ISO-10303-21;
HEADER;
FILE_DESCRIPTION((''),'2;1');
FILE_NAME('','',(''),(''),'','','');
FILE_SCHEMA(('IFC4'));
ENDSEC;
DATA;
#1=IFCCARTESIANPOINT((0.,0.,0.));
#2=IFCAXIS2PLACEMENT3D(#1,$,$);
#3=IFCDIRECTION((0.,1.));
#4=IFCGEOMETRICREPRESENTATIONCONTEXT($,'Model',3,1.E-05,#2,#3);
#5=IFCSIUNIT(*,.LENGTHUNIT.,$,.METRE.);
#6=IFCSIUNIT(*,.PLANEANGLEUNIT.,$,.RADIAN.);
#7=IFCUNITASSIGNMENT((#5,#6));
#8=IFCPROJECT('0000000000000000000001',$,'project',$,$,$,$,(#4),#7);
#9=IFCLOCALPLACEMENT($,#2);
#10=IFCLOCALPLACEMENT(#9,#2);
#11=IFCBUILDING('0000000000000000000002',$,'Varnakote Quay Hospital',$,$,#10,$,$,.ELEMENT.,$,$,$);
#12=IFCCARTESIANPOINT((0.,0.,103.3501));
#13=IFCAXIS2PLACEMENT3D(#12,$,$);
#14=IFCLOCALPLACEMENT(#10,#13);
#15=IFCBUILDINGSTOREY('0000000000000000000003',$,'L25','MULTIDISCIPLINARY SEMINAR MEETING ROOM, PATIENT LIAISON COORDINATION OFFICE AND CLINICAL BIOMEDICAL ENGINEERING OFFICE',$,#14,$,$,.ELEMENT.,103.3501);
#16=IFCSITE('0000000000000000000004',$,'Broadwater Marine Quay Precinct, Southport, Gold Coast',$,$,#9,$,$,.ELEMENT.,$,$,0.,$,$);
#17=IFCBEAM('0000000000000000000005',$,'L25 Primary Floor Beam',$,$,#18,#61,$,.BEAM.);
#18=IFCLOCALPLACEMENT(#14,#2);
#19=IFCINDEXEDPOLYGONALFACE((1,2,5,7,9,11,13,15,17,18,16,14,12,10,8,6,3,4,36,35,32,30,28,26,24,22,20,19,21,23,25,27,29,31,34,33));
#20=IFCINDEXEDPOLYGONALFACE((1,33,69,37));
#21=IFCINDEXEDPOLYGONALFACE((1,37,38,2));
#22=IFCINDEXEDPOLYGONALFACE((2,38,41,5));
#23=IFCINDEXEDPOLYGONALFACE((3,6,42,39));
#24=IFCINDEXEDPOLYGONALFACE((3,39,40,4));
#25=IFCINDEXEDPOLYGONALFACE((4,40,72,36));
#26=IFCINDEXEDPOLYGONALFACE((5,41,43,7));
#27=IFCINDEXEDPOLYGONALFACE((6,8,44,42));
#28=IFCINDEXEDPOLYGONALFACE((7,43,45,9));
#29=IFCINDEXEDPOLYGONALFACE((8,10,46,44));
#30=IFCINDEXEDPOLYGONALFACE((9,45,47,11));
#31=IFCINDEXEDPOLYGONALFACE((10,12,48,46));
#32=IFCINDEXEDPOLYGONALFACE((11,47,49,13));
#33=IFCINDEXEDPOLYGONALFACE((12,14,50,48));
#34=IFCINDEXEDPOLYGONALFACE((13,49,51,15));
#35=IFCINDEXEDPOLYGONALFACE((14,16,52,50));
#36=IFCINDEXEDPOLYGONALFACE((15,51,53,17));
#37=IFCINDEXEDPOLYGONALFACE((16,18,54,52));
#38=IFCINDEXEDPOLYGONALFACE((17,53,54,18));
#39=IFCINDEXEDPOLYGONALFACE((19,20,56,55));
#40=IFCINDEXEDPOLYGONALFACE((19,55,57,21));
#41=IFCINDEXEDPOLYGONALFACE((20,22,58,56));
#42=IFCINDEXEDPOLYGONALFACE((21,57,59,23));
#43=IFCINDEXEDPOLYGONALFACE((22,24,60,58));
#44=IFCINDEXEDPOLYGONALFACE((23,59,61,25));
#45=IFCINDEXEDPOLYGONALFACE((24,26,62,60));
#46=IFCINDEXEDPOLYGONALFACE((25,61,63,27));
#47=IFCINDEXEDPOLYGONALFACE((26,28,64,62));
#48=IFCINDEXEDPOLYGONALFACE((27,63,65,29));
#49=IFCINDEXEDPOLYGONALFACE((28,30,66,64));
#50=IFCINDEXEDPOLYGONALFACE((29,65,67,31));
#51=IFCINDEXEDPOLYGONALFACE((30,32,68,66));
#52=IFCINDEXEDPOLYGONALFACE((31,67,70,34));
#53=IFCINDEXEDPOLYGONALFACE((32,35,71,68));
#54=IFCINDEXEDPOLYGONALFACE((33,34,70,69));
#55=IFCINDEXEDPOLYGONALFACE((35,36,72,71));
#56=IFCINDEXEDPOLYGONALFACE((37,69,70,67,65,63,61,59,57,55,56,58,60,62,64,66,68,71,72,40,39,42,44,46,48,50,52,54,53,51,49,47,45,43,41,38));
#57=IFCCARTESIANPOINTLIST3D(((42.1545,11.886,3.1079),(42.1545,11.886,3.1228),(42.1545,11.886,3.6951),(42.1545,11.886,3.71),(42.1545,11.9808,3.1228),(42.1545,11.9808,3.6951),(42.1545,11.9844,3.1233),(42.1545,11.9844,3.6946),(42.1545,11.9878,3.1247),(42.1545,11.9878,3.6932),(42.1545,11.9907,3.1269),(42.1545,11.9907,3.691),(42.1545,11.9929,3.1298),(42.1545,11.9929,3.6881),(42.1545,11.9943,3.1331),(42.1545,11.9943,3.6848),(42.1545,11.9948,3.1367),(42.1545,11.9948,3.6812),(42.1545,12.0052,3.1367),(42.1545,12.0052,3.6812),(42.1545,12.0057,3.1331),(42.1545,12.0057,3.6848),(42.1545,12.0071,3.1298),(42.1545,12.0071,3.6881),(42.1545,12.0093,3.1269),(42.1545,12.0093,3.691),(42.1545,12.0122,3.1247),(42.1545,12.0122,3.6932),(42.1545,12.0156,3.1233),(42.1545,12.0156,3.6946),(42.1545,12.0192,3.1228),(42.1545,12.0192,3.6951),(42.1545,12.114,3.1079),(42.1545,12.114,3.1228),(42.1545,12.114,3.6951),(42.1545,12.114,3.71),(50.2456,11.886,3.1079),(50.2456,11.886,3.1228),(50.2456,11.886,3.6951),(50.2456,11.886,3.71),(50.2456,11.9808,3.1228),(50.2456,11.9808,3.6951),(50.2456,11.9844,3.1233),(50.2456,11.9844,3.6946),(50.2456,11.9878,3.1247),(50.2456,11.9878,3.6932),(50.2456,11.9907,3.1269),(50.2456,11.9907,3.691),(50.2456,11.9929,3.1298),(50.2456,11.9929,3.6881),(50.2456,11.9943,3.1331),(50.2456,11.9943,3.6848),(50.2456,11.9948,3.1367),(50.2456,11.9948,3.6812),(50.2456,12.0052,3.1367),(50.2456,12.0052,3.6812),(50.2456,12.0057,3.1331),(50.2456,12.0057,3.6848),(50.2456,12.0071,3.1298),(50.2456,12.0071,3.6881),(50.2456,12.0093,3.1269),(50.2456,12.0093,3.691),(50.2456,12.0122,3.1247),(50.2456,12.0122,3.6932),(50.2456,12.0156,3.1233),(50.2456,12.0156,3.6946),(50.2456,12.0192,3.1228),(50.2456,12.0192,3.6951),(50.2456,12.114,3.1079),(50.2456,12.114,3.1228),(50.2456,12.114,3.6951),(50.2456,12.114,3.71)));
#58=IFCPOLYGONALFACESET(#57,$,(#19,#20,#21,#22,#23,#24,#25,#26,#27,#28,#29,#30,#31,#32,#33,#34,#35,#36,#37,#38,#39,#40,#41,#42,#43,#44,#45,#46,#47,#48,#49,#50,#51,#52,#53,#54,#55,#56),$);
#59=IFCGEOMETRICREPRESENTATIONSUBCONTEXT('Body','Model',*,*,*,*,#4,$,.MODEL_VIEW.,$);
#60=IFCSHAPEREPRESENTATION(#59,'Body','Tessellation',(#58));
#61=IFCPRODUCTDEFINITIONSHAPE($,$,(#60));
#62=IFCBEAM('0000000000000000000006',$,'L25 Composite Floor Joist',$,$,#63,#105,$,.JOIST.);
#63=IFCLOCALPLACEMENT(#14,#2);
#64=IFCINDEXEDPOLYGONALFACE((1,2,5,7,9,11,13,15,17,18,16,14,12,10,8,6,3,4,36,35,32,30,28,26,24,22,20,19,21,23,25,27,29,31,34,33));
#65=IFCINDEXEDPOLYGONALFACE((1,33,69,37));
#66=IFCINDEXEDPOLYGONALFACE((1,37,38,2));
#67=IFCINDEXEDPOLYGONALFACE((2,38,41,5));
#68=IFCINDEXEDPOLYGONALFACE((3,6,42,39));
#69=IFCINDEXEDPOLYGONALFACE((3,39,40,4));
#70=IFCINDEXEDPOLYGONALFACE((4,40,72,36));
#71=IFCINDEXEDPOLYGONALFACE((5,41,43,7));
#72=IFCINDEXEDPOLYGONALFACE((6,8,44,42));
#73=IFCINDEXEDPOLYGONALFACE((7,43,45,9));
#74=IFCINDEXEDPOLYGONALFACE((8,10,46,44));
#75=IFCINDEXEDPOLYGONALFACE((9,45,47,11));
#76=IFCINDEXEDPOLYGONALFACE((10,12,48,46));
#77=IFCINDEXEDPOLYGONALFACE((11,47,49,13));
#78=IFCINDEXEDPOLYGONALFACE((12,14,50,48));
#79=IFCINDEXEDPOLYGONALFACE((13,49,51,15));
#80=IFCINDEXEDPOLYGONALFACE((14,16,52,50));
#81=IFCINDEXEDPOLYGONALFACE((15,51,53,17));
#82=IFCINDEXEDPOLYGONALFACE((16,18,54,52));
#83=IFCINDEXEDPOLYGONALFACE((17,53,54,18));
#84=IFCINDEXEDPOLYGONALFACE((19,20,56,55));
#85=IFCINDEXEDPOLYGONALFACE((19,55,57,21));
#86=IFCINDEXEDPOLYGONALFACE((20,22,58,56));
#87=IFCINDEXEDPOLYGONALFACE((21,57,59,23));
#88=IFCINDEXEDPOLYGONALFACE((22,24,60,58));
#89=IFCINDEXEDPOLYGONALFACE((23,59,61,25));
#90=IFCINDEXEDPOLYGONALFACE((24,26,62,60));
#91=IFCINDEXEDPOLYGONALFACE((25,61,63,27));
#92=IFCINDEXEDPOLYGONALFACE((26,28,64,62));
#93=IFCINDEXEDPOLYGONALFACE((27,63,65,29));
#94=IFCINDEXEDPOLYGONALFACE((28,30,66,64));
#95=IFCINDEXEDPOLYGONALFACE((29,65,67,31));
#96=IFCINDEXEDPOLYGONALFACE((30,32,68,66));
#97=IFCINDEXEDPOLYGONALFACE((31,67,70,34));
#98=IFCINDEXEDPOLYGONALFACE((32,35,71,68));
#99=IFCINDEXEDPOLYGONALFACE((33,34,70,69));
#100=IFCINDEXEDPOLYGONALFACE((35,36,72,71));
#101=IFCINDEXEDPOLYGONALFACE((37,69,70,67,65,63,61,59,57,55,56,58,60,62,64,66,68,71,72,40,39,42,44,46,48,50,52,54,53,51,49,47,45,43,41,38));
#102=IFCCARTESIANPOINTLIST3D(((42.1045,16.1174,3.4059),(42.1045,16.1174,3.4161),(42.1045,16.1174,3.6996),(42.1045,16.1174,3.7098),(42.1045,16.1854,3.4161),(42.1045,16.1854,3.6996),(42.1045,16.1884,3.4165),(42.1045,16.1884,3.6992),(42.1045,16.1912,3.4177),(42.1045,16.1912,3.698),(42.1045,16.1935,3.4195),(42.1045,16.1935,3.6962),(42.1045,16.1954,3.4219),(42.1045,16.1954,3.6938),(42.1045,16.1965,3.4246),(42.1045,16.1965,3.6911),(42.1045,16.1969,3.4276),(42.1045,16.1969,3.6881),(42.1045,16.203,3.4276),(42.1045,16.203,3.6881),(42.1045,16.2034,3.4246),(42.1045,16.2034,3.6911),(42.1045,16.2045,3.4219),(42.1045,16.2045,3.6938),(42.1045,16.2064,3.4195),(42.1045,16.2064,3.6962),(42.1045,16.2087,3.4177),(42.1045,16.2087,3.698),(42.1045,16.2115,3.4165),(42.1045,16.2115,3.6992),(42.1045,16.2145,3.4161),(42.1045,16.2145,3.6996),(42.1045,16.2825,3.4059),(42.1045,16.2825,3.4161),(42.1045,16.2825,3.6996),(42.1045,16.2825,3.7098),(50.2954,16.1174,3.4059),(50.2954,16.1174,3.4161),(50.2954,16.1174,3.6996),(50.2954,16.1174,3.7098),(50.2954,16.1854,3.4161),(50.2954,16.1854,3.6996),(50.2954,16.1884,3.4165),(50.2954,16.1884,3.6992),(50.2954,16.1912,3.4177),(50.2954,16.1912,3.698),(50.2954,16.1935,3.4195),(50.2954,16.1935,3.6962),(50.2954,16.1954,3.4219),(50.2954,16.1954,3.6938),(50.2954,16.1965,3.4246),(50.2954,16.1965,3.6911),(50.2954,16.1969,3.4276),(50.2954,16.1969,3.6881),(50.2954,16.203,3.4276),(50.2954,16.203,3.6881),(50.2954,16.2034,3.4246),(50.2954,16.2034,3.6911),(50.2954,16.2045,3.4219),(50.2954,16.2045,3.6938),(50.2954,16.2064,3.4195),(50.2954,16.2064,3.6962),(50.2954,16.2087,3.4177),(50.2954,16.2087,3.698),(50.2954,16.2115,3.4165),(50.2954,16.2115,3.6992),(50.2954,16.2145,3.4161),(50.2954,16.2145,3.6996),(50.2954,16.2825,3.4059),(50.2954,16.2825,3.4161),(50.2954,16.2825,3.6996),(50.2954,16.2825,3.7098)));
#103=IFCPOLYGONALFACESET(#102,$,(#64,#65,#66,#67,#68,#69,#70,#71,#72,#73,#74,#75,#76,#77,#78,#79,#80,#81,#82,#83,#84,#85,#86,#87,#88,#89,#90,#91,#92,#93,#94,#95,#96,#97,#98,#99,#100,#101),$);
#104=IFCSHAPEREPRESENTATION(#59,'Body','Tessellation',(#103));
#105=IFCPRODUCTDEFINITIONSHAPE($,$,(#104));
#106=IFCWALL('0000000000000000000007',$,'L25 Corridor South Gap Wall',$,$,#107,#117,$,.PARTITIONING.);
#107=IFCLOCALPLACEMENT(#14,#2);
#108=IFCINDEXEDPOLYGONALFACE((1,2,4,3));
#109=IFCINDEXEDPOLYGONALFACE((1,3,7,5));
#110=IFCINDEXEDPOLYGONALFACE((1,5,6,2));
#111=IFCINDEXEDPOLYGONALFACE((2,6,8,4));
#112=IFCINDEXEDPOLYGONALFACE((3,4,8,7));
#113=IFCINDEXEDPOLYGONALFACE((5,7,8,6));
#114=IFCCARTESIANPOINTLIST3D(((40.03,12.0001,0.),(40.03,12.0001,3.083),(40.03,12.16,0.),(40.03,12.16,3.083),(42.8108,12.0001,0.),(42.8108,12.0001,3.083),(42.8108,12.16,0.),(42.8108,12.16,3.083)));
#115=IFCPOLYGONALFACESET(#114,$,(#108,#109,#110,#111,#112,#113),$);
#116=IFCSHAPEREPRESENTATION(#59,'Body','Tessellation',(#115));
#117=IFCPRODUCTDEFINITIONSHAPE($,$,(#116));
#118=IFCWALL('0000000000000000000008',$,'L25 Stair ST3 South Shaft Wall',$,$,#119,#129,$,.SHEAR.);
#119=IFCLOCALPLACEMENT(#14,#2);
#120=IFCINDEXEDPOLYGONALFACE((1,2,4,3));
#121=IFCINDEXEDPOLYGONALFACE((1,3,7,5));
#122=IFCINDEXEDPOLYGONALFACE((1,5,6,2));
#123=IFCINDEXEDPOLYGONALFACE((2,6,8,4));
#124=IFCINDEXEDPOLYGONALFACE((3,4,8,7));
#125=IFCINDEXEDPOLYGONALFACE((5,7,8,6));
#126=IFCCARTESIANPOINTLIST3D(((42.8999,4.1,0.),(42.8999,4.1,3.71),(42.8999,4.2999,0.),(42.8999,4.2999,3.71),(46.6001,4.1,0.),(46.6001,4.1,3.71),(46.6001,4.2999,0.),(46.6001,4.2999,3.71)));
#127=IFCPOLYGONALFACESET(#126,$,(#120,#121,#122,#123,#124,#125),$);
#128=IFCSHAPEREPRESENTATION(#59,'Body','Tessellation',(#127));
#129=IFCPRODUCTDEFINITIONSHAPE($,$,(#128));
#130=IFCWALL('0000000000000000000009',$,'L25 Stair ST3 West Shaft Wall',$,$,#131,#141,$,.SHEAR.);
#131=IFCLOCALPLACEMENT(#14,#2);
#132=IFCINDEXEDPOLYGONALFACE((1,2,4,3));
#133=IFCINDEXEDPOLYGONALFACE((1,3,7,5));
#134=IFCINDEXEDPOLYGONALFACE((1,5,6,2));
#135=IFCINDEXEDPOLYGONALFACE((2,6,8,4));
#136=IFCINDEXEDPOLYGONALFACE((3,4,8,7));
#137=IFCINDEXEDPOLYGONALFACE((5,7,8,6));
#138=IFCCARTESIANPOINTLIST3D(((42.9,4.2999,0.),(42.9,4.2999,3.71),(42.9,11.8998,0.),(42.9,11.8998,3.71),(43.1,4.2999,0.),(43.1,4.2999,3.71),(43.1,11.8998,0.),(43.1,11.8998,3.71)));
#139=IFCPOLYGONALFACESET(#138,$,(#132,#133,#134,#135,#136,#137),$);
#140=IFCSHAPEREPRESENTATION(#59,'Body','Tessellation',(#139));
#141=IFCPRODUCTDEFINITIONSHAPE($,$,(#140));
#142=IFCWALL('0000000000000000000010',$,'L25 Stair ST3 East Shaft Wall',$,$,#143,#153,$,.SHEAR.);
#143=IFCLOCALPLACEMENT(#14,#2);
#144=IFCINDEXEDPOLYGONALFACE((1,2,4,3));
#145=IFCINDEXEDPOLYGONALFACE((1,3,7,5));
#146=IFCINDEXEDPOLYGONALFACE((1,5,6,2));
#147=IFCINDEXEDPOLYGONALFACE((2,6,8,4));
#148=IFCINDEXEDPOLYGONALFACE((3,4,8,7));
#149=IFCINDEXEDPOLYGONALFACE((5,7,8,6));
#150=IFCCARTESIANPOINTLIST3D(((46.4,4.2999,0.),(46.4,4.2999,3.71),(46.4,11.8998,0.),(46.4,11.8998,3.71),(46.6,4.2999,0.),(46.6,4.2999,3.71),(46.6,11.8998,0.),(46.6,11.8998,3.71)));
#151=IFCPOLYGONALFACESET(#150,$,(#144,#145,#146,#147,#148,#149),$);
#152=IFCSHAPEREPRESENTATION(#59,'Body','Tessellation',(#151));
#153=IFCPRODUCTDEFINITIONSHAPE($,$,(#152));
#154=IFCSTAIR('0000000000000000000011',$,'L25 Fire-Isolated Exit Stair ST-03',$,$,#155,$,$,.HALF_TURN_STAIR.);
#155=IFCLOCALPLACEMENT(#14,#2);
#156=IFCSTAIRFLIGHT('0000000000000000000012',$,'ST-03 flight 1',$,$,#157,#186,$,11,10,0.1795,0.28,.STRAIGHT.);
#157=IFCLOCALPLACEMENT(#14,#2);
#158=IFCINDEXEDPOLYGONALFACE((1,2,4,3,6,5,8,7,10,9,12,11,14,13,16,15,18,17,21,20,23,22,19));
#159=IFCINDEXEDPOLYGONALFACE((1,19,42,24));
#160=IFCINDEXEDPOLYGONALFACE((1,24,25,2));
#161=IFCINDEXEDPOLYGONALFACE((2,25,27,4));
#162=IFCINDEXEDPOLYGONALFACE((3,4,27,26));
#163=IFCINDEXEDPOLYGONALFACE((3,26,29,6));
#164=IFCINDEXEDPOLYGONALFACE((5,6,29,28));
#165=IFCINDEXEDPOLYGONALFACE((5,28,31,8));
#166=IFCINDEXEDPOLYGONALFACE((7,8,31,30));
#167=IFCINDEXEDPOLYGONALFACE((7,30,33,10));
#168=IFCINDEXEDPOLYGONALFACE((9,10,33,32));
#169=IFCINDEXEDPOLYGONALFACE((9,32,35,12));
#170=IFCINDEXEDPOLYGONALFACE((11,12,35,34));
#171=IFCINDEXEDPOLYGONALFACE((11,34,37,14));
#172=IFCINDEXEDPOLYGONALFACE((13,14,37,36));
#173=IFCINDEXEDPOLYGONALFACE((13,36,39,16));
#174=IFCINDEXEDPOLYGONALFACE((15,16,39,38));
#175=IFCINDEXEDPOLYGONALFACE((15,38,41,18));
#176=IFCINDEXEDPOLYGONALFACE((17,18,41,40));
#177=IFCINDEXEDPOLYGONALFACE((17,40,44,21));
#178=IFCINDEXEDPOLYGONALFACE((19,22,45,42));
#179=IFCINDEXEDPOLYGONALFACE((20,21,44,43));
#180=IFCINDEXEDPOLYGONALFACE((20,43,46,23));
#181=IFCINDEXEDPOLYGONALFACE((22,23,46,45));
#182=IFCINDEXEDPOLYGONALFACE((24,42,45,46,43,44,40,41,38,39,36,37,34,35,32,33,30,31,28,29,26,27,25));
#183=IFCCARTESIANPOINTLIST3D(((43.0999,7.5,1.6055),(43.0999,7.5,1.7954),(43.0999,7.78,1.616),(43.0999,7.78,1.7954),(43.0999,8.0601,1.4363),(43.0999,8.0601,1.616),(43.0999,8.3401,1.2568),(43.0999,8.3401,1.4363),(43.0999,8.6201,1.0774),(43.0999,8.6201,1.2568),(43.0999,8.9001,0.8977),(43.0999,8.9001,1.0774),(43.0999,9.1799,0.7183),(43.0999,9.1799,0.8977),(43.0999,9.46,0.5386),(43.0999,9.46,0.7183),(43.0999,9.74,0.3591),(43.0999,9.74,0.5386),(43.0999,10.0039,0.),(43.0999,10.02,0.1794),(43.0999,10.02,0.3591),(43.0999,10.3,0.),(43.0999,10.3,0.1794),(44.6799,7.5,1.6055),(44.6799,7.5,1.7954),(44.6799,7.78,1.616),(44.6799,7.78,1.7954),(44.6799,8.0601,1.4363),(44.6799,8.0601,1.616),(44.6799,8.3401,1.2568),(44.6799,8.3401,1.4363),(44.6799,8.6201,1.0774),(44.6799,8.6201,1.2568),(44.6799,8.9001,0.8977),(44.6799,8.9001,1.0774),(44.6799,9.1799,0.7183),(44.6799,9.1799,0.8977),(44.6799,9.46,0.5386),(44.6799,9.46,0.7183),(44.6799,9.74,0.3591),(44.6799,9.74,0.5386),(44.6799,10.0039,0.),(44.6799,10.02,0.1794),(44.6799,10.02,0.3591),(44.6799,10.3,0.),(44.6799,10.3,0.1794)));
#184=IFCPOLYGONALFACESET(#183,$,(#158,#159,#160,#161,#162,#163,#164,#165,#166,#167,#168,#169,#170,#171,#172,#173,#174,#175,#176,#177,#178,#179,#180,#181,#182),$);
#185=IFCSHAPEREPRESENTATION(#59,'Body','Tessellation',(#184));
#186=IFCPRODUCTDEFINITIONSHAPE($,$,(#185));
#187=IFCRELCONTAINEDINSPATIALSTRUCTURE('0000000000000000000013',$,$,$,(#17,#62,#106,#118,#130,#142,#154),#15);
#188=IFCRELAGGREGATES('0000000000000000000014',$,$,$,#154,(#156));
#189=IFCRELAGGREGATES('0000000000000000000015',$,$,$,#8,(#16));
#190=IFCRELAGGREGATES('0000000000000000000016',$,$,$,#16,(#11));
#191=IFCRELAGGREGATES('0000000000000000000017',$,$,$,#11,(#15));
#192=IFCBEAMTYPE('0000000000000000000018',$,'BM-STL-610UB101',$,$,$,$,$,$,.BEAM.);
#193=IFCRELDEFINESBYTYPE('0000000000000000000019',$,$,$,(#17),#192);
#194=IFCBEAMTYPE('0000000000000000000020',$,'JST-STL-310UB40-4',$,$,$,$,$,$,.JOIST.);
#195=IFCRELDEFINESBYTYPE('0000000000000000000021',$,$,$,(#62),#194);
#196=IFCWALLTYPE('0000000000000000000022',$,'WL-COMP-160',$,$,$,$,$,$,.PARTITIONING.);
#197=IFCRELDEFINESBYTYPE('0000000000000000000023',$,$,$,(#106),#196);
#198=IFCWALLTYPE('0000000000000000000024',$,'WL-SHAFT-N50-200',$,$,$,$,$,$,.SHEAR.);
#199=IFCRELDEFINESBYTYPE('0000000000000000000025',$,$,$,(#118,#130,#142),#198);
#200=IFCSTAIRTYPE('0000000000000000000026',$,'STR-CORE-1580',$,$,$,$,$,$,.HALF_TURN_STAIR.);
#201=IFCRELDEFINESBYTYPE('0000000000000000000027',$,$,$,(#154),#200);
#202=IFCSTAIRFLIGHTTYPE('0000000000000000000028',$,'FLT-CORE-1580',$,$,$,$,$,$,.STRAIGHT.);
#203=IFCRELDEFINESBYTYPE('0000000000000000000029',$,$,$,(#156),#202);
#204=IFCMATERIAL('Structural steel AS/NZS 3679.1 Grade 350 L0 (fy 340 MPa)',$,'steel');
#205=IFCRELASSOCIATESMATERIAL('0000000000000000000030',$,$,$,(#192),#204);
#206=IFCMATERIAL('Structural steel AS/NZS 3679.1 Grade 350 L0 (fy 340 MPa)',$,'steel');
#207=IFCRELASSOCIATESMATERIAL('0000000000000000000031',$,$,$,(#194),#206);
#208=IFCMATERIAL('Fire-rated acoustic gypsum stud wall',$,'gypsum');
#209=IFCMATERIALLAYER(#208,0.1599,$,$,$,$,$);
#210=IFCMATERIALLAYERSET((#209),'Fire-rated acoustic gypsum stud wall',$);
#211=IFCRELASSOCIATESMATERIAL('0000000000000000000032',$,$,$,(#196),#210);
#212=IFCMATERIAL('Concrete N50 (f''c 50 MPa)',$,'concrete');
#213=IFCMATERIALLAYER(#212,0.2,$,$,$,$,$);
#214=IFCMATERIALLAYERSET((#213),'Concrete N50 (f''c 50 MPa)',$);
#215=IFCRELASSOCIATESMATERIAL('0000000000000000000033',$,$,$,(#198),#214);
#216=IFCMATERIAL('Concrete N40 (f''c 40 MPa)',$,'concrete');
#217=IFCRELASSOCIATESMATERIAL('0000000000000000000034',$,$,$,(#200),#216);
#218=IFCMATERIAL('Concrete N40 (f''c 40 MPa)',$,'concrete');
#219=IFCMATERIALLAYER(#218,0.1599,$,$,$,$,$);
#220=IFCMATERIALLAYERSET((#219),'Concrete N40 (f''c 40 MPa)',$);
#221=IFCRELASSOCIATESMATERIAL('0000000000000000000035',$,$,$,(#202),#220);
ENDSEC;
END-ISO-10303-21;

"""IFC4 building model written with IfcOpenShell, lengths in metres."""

from ifc_helpers import new_model, si_unit, direction, frame, frame_2d, origin, origin_2d, place, context, subcontext, project, spatial, polyline, rectangle, i_section, outline, extrude, material, layer, layer_set, material_profile, profile_set, type_object, element, aggregate, save


model = new_model("IFC4")

# Units and contexts
model_context = context("Model", 3, precision=1e-05, world=origin(), true_north=direction((0.0, 1.0)))
body_context = subcontext(model_context, "Body", "Model", "MODEL_VIEW")
ifc_project = project(units=[si_unit("LENGTHUNIT", "METRE"), si_unit("PLANEANGLEUNIT", "RADIAN")], contexts=[model_context])

# Site, building, storey
site_placement = place(None, origin())
site = spatial("IfcSite", under=ifc_project, at=site_placement, Name="Broadwater Marine Quay Precinct, Southport, Gold Coast", CompositionType="ELEMENT", RefElevation=0.0)
building_placement = place(site_placement, origin())
building = spatial("IfcBuilding", under=site, at=building_placement, Name="Varnakote Quay Hospital", CompositionType="ELEMENT")
storey_placement = place(building_placement, frame((0.0, 0.0, 103.3501)))
storey = spatial("IfcBuildingStorey", under=building, at=storey_placement, Name="L25", Description="MULTIDISCIPLINARY SEMINAR MEETING ROOM, PATIENT LIAISON COORDINATION OFFICE AND CLINICAL BIOMEDICAL ENGINEERING OFFICE", CompositionType="ELEMENT", Elevation=103.3501)

# Beams
ifc_material_1 = material(Name="Structural steel AS/NZS 3679.1 Grade 350 L0 (fy 340 MPa)", Category="steel")
ifc_material_profile_1 = material_profile(ifc_material_1, i_section(OverallWidth=0.228, OverallDepth=0.6021, WebThickness=0.0105, FlangeThickness=0.0149, FilletRadius=0.0139, at=origin_2d()), Name="610UB101")
ifc_profile_set_1 = profile_set([ifc_material_profile_1], Name="Structural steel AS/NZS 3679.1 Grade 350 L0 (fy 340 MPa)")
beam_type_1 = type_object("IfcBeamType", Name="BM-STL-610UB101", PredefinedType="BEAM", material=ifc_profile_set_1)
beam_1_placement = place(storey_placement, frame((42.1545, 12.0, 3.4089), z_axis=(1.0, 0.0, 0.0), x_axis=(0.0, 1.0, 0.0)))
element("IfcBeam", 1, at=beam_1_placement, inside=storey, type_object=beam_type_1, Name="L25 Primary Floor Beam", PredefinedType="BEAM", context=body_context, shape_type="SweptSolid", body=[
    extrude(i_section(OverallWidth=0.228, OverallDepth=0.6021, WebThickness=0.0105, FlangeThickness=0.0149, FilletRadius=0.0139, at=origin_2d()), origin(), (0.0, 0.0, 1.0), 8.0911),
])
ifc_material_2 = material(Name="Structural steel AS/NZS 3679.1 Grade 350 L0 (fy 340 MPa)", Category="steel")
ifc_material_profile_2 = material_profile(ifc_material_2, i_section(OverallWidth=0.165, OverallDepth=0.304, WebThickness=0.0061, FlangeThickness=0.0103, FilletRadius=0.0115, at=origin_2d()), Name="310UB40.4")
ifc_profile_set_2 = profile_set([ifc_material_profile_2], Name="Structural steel AS/NZS 3679.1 Grade 350 L0 (fy 340 MPa)")
beam_type_2 = type_object("IfcBeamType", Name="JST-STL-310UB40-4", PredefinedType="JOIST", material=ifc_profile_set_2)
beam_2_placement = place(storey_placement, frame((42.1045, 16.2, 3.5579), z_axis=(1.0, 0.0, 0.0), x_axis=(0.0, 1.0, 0.0)))
element("IfcBeam", 2, at=beam_2_placement, inside=storey, type_object=beam_type_2, Name="L25 Composite Floor Joist", PredefinedType="JOIST", context=body_context, shape_type="SweptSolid", body=[
    extrude(i_section(OverallWidth=0.165, OverallDepth=0.304, WebThickness=0.0061, FlangeThickness=0.0103, FilletRadius=0.0115, at=origin_2d()), origin(), (0.0, 0.0, 1.0), 8.1909),
])

# Walls
ifc_material_3 = material(Name="Fire-rated acoustic gypsum stud wall", Category="gypsum")
ifc_layer_1 = layer(ifc_material_3, 0.1599)
ifc_layer_set_1 = layer_set([ifc_layer_1], Name="Fire-rated acoustic gypsum stud wall")
wall_type_1 = type_object("IfcWallType", Name="WL-COMP-160", PredefinedType="PARTITIONING", material=ifc_layer_set_1)
wall_1_placement = place(storey_placement, frame((40.03, 12.0801, 0.0), z_axis=(0.0, 0.0, 1.0), x_axis=(1.0, 0.0, 0.0)))
element("IfcWall", 3, at=wall_1_placement, inside=storey, type_object=wall_type_1, Name="L25 Corridor South Gap Wall", PredefinedType="PARTITIONING", context=body_context, shape_type="SweptSolid", body=[
    extrude(rectangle(XDim=2.7808, YDim=0.1599, at=frame_2d((1.3904, 0.0))), origin(), (0.0, 0.0, 1.0), 3.083),
])
ifc_material_4 = material(Name="Concrete N50 (f'c 50 MPa)", Category="concrete")
ifc_layer_2 = layer(ifc_material_4, 0.2)
ifc_layer_set_2 = layer_set([ifc_layer_2], Name="Concrete N50 (f'c 50 MPa)")
wall_type_2 = type_object("IfcWallType", Name="WL-SHAFT-N50-200", PredefinedType="SHEAR", material=ifc_layer_set_2)
wall_2_placement = place(storey_placement, frame((42.8999, 4.2, 0.0), z_axis=(0.0, 0.0, 1.0), x_axis=(1.0, 0.0, 0.0)))
element("IfcWall", 4, at=wall_2_placement, inside=storey, type_object=wall_type_2, Name="L25 Stair ST3 South Shaft Wall", PredefinedType="SHEAR", context=body_context, shape_type="SweptSolid", body=[
    extrude(rectangle(XDim=3.7002, YDim=0.2, at=frame_2d((1.8501, 0.0))), origin(), (0.0, 0.0, 1.0), 3.71),
])
for number, where, z_axis, x_axis, name in (
    (5, (43.0, 4.3, 0.0), (0.0, 0.0, 1.0), (0.0, 1.0, 0.0), "L25 Stair ST3 West Shaft Wall"),
    (6, (46.5, 4.3, 0.0), (0.0, 0.0, 1.0), (0.0, 1.0, 0.0), "L25 Stair ST3 East Shaft Wall"),
):
    element("IfcWall", number, at=place(storey_placement, frame(where, z_axis=z_axis, x_axis=x_axis)), inside=storey, type_object=wall_type_2, Name=name, PredefinedType="SHEAR", context=body_context, shape_type="SweptSolid", body=[
        extrude(rectangle(XDim=7.5999, YDim=0.2, at=frame_2d((3.7998, 0.0))), origin(), (0.0, 0.0, 1.0), 3.71),
    ])

# Stair, stair flight
ifc_material_5 = material(Name="Concrete N40 (f'c 40 MPa)", Category="concrete")
stair_type = type_object("IfcStairType", Name="STR-CORE-1580", PredefinedType="HALF_TURN_STAIR", material=ifc_material_5)
stair_placement = place(storey_placement, origin())
stair = element("IfcStair", 7, at=stair_placement, inside=storey, type_object=stair_type, Name="L25 Fire-Isolated Exit Stair ST-03", PredefinedType="HALF_TURN_STAIR")
ifc_material_6 = material(Name="Concrete N40 (f'c 40 MPa)", Category="concrete")
ifc_layer_3 = layer(ifc_material_6, 0.1599)
ifc_layer_set_3 = layer_set([ifc_layer_3], Name="Concrete N40 (f'c 40 MPa)")
stair_flight_type = type_object("IfcStairFlightType", Name="FLT-CORE-1580", PredefinedType="STRAIGHT", material=ifc_layer_set_3)
stair_flight_1_placement = place(storey_placement, frame((43.8899, 10.3, 0.0), z_axis=(0.0, 0.0, 1.0), x_axis=(0.0, -1.0, 0.0)))
stair_flight_1 = element("IfcStairFlight", 8, at=stair_flight_1_placement, type_object=stair_flight_type, Name="ST-03 flight 1", NumberOfRisers=11, NumberOfTreads=10, PredefinedType="STRAIGHT", RiserHeight=0.1795, TreadLength=0.28, context=body_context, shape_type="SweptSolid", body=[
    extrude(outline(polyline([(0.0, 0.0), (0.0, 0.1794), (0.28, 0.1794), (0.28, 0.3591), (0.5601, 0.3591), (0.5601, 0.5386), (0.8401, 0.5386), (0.8401, 0.7183), (1.1201, 0.7183), (1.1201, 0.8977), (1.3999, 0.8977), (1.3999, 1.0774), (1.6799, 1.0774), (1.6799, 1.2568), (1.96, 1.2568), (1.96, 1.4363), (2.24, 1.4363), (2.24, 1.616), (2.52, 1.616), (2.52, 1.7954), (2.8, 1.7954), (2.8, 1.9751), (2.8, 1.6055), (0.2961, 0.0), (0.0, 0.0)])), frame((0.0, 0.79, 0.0), z_axis=(0.0, -1.0, 0.0), x_axis=(1.0, 0.0, 0.0)), (0.0, 0.0, 1.0), 1.5801),
])
aggregate(stair, [stair_flight_1])

save(model, "model.ifc")
